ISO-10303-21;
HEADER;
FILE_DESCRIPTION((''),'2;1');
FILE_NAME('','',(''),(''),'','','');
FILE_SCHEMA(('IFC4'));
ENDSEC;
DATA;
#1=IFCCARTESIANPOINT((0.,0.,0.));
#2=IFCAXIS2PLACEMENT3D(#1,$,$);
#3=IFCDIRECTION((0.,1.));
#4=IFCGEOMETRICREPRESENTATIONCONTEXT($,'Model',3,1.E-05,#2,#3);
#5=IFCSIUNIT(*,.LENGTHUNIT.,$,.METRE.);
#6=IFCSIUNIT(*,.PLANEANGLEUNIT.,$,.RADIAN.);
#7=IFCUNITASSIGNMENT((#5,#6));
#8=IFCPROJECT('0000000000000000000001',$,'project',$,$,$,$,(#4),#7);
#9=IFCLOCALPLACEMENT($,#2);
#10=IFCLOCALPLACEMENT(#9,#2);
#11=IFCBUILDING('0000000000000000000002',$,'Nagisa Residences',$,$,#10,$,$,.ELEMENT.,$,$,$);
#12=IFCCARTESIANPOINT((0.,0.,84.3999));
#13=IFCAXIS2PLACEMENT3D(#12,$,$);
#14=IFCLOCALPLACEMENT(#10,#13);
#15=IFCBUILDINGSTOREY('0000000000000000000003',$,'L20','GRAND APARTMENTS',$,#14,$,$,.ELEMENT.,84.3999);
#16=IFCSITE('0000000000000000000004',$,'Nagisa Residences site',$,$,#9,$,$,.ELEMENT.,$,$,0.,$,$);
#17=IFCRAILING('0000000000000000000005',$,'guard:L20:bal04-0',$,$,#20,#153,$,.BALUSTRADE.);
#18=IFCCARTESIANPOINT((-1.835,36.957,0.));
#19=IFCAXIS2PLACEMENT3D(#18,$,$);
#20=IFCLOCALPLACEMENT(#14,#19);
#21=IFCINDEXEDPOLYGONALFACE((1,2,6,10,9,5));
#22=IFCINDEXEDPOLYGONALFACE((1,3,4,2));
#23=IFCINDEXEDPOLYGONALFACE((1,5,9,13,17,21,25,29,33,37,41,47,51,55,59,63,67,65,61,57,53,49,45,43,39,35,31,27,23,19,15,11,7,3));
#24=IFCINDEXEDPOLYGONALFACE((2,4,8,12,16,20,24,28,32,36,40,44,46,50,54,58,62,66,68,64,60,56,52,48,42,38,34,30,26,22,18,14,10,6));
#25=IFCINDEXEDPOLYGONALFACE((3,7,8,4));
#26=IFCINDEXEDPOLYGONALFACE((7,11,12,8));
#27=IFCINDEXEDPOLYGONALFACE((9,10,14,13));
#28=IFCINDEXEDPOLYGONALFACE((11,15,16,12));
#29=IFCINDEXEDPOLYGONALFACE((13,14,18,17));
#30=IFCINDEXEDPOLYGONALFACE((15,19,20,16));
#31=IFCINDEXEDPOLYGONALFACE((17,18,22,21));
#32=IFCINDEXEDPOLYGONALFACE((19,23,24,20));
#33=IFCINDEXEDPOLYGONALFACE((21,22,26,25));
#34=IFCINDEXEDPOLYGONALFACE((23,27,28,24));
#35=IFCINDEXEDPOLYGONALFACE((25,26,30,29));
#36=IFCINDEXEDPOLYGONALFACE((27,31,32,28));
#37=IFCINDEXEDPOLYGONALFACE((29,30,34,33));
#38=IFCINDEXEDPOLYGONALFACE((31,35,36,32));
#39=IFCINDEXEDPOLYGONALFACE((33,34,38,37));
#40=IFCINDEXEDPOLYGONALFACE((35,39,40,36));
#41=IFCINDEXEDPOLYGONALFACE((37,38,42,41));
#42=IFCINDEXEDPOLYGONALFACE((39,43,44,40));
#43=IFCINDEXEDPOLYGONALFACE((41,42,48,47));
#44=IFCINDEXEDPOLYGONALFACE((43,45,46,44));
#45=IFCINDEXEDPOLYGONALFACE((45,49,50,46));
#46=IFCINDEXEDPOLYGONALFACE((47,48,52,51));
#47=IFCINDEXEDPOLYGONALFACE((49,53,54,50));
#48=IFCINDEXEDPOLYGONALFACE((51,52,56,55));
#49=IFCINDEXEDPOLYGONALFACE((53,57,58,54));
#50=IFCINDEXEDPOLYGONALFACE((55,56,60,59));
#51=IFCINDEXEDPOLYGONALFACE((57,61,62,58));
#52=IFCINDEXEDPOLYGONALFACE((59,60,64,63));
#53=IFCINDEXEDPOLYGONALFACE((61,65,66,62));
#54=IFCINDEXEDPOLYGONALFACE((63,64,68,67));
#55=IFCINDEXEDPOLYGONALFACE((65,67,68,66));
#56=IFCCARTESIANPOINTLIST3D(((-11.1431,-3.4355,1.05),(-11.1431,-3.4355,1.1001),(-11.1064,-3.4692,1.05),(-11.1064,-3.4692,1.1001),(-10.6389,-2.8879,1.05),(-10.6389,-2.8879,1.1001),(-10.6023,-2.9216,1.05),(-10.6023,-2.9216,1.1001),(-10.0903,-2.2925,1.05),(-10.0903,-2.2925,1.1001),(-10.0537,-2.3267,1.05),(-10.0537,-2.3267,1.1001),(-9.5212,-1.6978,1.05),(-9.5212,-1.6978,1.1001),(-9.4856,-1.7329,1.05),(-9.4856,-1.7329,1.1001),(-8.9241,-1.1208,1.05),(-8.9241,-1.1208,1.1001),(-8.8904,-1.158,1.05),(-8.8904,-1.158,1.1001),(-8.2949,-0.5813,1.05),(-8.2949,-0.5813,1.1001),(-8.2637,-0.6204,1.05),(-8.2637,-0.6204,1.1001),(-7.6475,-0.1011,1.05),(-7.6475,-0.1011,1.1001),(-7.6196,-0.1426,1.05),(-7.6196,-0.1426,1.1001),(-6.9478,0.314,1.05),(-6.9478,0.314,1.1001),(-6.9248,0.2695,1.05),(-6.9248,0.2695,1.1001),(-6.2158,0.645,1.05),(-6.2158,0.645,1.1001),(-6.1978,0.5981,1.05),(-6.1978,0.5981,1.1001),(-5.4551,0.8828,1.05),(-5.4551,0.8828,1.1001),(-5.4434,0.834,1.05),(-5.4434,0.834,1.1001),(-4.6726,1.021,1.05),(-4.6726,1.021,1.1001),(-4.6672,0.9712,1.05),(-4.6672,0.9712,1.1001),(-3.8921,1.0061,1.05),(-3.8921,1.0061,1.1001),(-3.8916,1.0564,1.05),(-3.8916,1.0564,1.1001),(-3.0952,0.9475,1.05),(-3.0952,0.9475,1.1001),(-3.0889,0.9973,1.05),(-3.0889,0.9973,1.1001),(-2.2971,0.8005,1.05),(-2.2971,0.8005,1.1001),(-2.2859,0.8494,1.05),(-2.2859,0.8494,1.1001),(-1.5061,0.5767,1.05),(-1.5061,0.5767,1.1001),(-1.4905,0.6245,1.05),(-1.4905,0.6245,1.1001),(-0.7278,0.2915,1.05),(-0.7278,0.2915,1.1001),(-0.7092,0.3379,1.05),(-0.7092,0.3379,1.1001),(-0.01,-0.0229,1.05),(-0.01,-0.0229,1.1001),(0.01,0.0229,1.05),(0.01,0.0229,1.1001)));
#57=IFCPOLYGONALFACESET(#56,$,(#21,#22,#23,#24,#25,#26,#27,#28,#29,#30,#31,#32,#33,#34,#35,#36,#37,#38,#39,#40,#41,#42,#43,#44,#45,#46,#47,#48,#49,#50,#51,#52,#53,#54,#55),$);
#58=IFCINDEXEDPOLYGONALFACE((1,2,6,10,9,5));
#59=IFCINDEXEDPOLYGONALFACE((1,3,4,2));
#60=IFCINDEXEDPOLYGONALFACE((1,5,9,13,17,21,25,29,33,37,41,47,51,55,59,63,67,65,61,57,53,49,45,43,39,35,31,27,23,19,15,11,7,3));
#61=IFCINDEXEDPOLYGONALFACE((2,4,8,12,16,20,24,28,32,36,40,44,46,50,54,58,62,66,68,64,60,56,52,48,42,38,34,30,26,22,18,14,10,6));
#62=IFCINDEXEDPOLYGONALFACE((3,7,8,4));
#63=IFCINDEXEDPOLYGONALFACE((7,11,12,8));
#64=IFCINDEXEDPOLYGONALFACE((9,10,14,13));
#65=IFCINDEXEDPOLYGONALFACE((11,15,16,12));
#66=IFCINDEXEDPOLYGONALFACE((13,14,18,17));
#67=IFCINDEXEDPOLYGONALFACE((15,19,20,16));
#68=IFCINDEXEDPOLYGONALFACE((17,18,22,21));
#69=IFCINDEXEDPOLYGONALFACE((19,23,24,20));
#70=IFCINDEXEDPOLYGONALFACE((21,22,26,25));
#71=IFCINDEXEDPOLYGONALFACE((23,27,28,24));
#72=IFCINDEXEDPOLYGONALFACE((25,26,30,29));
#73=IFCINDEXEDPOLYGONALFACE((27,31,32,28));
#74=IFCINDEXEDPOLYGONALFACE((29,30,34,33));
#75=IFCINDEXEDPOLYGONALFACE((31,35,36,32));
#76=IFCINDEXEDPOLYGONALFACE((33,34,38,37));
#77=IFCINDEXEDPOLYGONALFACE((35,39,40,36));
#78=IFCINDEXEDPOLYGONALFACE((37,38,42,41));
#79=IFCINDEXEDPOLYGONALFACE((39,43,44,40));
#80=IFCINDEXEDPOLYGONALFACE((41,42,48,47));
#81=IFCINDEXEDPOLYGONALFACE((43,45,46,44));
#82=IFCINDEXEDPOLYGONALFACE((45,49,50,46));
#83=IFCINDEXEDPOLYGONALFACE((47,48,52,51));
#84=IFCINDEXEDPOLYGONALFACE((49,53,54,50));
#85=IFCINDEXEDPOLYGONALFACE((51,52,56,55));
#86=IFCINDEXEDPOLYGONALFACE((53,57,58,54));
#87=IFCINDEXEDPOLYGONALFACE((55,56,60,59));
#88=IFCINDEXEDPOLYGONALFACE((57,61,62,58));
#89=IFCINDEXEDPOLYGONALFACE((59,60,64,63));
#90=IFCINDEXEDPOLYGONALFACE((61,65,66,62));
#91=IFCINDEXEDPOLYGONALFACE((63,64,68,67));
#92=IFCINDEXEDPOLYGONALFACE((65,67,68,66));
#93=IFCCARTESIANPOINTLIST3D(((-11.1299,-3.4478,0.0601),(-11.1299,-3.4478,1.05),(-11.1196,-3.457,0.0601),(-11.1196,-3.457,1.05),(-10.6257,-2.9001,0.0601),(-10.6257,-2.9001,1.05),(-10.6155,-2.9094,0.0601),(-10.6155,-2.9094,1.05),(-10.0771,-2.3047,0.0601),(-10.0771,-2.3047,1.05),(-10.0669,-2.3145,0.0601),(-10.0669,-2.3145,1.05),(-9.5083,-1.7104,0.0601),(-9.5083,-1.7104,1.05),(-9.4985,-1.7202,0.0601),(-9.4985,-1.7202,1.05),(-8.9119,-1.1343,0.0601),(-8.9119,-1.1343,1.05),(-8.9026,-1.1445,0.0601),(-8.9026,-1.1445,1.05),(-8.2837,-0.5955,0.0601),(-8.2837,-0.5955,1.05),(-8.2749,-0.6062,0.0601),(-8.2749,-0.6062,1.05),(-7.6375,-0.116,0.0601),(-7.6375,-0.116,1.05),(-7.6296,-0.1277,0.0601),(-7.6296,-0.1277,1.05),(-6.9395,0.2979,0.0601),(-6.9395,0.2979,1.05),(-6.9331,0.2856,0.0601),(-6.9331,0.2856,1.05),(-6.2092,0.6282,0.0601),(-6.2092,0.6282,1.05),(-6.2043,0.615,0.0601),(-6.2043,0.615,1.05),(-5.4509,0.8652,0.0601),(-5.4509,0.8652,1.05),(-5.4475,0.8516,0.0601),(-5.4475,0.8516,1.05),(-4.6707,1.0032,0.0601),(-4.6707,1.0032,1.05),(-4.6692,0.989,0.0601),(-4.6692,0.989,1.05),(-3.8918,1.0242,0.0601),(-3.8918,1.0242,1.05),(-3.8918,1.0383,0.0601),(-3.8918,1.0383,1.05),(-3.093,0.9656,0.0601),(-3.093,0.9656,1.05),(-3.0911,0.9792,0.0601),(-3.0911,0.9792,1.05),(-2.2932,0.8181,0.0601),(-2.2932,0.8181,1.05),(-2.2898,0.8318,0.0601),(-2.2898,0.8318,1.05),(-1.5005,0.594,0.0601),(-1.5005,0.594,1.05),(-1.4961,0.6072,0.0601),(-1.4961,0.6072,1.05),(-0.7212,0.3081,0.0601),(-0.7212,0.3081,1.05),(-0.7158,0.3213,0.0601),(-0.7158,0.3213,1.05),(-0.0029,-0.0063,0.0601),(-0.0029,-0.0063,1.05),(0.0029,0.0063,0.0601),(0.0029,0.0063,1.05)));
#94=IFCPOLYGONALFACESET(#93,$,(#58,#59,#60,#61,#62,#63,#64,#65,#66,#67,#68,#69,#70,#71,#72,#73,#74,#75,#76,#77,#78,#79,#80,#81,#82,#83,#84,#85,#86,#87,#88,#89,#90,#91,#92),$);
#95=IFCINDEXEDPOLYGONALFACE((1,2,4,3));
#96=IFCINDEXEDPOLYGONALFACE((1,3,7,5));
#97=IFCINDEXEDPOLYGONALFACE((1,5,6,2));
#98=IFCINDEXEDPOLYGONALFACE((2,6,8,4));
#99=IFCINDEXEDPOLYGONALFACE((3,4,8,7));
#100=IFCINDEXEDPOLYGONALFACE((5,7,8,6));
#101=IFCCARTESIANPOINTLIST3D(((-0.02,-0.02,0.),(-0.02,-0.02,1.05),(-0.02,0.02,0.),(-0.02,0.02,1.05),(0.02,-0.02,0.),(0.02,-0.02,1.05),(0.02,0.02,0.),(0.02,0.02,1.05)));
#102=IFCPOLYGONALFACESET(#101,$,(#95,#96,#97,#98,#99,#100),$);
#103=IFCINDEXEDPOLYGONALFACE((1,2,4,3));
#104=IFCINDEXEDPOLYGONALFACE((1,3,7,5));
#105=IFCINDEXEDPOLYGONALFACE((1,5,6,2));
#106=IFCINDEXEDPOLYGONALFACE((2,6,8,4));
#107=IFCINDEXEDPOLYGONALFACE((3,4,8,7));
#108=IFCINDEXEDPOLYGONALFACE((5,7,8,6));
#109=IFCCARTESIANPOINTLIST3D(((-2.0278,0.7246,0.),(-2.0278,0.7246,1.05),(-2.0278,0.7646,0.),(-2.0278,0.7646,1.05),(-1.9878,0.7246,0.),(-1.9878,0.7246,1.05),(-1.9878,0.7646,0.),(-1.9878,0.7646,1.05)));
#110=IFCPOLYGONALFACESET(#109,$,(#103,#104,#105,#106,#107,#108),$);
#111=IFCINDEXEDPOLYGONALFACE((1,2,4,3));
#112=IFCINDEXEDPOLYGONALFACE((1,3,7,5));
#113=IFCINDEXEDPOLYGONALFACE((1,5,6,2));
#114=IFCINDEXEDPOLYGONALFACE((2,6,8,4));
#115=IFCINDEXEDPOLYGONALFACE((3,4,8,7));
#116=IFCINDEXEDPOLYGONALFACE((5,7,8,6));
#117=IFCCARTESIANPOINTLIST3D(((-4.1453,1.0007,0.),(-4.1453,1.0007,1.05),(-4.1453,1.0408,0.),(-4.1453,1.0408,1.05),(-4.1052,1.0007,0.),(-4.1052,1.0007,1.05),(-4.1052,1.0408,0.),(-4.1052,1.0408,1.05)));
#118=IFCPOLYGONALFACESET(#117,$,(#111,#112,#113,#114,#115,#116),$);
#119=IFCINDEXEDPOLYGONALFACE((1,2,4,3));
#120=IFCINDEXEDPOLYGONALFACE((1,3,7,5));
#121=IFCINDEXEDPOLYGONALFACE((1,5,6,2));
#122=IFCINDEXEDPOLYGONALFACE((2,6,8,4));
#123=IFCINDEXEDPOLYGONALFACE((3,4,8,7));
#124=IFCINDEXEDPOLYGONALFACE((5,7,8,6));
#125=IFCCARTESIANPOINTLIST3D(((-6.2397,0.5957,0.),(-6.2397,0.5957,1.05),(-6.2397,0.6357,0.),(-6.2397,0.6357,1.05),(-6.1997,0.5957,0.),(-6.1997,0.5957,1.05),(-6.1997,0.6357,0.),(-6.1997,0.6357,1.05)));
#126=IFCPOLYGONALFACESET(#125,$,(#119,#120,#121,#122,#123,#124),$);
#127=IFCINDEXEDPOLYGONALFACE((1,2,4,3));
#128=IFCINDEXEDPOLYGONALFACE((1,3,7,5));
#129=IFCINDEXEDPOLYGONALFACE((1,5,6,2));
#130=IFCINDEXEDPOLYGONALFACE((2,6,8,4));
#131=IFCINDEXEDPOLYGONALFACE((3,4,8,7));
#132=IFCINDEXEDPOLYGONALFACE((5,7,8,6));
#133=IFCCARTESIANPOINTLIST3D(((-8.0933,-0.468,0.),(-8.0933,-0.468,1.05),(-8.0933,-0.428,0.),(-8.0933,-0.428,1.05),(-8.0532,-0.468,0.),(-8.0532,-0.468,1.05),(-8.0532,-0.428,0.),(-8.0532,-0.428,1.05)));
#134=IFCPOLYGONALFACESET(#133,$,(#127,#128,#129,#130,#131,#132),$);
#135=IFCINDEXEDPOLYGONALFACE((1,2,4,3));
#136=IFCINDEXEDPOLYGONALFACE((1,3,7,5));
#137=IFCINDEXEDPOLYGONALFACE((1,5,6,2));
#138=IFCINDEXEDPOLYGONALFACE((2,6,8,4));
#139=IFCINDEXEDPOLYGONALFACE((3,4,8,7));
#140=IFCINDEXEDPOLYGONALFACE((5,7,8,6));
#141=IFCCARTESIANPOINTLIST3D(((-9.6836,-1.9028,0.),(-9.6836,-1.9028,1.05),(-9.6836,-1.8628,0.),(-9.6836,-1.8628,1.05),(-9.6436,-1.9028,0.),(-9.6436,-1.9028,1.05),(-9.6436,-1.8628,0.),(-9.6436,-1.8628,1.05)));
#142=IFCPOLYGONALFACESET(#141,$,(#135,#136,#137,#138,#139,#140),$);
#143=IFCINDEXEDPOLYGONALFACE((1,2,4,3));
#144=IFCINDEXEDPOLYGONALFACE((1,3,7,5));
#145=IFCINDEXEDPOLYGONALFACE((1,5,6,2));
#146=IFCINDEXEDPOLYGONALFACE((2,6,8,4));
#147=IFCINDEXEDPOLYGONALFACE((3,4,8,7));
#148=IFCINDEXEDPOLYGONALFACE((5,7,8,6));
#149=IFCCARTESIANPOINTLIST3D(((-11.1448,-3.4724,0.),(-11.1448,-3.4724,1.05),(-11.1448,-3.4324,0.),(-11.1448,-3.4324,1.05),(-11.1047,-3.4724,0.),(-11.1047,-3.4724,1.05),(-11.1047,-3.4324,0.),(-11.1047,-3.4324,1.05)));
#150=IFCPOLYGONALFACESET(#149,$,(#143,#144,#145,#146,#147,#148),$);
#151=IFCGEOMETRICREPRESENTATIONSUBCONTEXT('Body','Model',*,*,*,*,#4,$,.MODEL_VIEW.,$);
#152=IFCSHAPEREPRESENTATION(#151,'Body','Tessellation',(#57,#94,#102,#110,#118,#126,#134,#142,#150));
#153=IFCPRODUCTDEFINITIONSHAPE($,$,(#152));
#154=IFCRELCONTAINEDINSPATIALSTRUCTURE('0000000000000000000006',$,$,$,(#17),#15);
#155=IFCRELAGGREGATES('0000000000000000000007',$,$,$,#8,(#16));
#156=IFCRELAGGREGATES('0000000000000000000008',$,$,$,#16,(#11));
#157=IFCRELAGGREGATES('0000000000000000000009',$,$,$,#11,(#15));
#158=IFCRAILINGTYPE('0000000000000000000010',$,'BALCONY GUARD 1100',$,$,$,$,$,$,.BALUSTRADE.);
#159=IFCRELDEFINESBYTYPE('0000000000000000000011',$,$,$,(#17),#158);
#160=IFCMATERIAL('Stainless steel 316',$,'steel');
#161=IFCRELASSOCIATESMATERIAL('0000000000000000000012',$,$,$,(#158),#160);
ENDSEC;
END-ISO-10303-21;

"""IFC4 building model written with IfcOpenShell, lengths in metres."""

from ifc_helpers import new_model, si_unit, direction, frame, origin, origin_2d, place, context, subcontext, project, spatial, polyline, rectangle, outline, extrude, material, type_object, element, save


model = new_model("IFC4")

# Units and contexts
model_context = context("Model", 3, precision=1e-05, world=origin(), true_north=direction((0.0, 1.0)))
body_context = subcontext(model_context, "Body", "Model", "MODEL_VIEW")
ifc_project = project(units=[si_unit("LENGTHUNIT", "METRE"), si_unit("PLANEANGLEUNIT", "RADIAN")], contexts=[model_context])

# Site, building, storey
site_placement = place(None, origin())
site = spatial("IfcSite", under=ifc_project, at=site_placement, Name="Nagisa Residences site", CompositionType="ELEMENT", RefElevation=0.0)
building_placement = place(site_placement, origin())
building = spatial("IfcBuilding", under=site, at=building_placement, Name="Nagisa Residences", CompositionType="ELEMENT")
storey_placement = place(building_placement, frame((0.0, 0.0, 84.3999)))
storey = spatial("IfcBuildingStorey", under=building, at=storey_placement, Name="L20", Description="GRAND APARTMENTS", CompositionType="ELEMENT", Elevation=84.3999)

# Railing
ifc_material_1 = material(Name="Stainless steel 316", Category="steel")
railing_type = type_object("IfcRailingType", Name="BALCONY GUARD 1100", PredefinedType="BALUSTRADE", material=ifc_material_1)
railing_1_placement = place(storey_placement, frame((-1.835, 36.957, 0.0)))
element("IfcRailing", 1, at=railing_1_placement, inside=storey, type_object=railing_type, Name="guard:L20:bal04-0", PredefinedType="BALUSTRADE", context=body_context, shape_type="SweptSolid", body=[
    extrude(outline(polyline([(-0.7278, 0.2915), (-0.01, -0.0229), (0.01, 0.0229), (-0.7092, 0.3379), (-1.4905, 0.6245), (-2.2859, 0.8494), (-3.0889, 0.9973), (-3.8916, 1.0564), (-4.6726, 1.021), (-5.4551, 0.8828), (-6.2158, 0.645), (-6.9478, 0.314), (-7.6475, -0.1011), (-8.2949, -0.5813), (-8.9241, -1.1208), (-9.5212, -1.6978), (-10.0903, -2.2925), (-10.6389, -2.8879), (-11.1431, -3.4355), (-11.1064, -3.4692), (-10.6023, -2.9216), (-10.0537, -2.3267), (-9.4856, -1.7329), (-8.8904, -1.158), (-8.2637, -0.6204), (-7.6196, -0.1426), (-6.9248, 0.2695), (-6.1978, 0.5981), (-5.4434, 0.834), (-4.6672, 0.9712), (-3.8921, 1.0061), (-3.0952, 0.9475), (-2.2971, 0.8005), (-1.5061, 0.5767), (-0.7278, 0.2915)])), frame((0.0, 0.0, 1.05)), (0.0, 0.0, 1.0), 0.05),
    extrude(outline(polyline([(-0.7212, 0.3081), (-0.0029, -0.0063), (0.0029, 0.0063), (-0.7158, 0.3213), (-1.4961, 0.6072), (-2.2898, 0.8318), (-3.0911, 0.9792), (-3.8918, 1.0383), (-4.6707, 1.0032), (-5.4509, 0.8652), (-6.2092, 0.6282), (-6.9395, 0.2979), (-7.6375, -0.116), (-8.2837, -0.5955), (-8.9119, -1.1343), (-9.5083, -1.7104), (-10.0771, -2.3047), (-10.6257, -2.9001), (-11.1299, -3.4478), (-11.1196, -3.457), (-10.6155, -2.9094), (-10.0669, -2.3145), (-9.4985, -1.7202), (-8.9026, -1.1445), (-8.2749, -0.6062), (-7.6296, -0.1277), (-6.9331, 0.2856), (-6.2043, 0.615), (-5.4475, 0.8516), (-4.6692, 0.989), (-3.8918, 1.0242), (-3.093, 0.9656), (-2.2932, 0.8181), (-1.5005, 0.594), (-0.7212, 0.3081)])), frame((0.0, 0.0, 0.0601)), (0.0, 0.0, 1.0), 0.99),
    extrude(rectangle(XDim=0.04, YDim=0.04, at=origin_2d()), origin(), (0.0, 0.0, 1.0), 1.05),
    extrude(rectangle(XDim=0.04, YDim=0.04, at=origin_2d()), frame((-2.0078, 0.7446, 0.0)), (0.0, 0.0, 1.0), 1.05),
    extrude(rectangle(XDim=0.04, YDim=0.04, at=origin_2d()), frame((-4.1252, 1.0208, 0.0)), (0.0, 0.0, 1.0), 1.05),
    extrude(rectangle(XDim=0.04, YDim=0.04, at=origin_2d()), frame((-6.2197, 0.6157, 0.0)), (0.0, 0.0, 1.0), 1.05),
    extrude(rectangle(XDim=0.04, YDim=0.04, at=origin_2d()), frame((-8.0732, -0.448, 0.0)), (0.0, 0.0, 1.0), 1.05),
    extrude(rectangle(XDim=0.04, YDim=0.04, at=origin_2d()), frame((-9.6636, -1.8828, 0.0)), (0.0, 0.0, 1.0), 1.05),
    extrude(rectangle(XDim=0.04, YDim=0.04, at=origin_2d()), frame((-11.1248, -3.4524, 0.0)), (0.0, 0.0, 1.0), 1.05),
])

save(model, "model.ifc")
